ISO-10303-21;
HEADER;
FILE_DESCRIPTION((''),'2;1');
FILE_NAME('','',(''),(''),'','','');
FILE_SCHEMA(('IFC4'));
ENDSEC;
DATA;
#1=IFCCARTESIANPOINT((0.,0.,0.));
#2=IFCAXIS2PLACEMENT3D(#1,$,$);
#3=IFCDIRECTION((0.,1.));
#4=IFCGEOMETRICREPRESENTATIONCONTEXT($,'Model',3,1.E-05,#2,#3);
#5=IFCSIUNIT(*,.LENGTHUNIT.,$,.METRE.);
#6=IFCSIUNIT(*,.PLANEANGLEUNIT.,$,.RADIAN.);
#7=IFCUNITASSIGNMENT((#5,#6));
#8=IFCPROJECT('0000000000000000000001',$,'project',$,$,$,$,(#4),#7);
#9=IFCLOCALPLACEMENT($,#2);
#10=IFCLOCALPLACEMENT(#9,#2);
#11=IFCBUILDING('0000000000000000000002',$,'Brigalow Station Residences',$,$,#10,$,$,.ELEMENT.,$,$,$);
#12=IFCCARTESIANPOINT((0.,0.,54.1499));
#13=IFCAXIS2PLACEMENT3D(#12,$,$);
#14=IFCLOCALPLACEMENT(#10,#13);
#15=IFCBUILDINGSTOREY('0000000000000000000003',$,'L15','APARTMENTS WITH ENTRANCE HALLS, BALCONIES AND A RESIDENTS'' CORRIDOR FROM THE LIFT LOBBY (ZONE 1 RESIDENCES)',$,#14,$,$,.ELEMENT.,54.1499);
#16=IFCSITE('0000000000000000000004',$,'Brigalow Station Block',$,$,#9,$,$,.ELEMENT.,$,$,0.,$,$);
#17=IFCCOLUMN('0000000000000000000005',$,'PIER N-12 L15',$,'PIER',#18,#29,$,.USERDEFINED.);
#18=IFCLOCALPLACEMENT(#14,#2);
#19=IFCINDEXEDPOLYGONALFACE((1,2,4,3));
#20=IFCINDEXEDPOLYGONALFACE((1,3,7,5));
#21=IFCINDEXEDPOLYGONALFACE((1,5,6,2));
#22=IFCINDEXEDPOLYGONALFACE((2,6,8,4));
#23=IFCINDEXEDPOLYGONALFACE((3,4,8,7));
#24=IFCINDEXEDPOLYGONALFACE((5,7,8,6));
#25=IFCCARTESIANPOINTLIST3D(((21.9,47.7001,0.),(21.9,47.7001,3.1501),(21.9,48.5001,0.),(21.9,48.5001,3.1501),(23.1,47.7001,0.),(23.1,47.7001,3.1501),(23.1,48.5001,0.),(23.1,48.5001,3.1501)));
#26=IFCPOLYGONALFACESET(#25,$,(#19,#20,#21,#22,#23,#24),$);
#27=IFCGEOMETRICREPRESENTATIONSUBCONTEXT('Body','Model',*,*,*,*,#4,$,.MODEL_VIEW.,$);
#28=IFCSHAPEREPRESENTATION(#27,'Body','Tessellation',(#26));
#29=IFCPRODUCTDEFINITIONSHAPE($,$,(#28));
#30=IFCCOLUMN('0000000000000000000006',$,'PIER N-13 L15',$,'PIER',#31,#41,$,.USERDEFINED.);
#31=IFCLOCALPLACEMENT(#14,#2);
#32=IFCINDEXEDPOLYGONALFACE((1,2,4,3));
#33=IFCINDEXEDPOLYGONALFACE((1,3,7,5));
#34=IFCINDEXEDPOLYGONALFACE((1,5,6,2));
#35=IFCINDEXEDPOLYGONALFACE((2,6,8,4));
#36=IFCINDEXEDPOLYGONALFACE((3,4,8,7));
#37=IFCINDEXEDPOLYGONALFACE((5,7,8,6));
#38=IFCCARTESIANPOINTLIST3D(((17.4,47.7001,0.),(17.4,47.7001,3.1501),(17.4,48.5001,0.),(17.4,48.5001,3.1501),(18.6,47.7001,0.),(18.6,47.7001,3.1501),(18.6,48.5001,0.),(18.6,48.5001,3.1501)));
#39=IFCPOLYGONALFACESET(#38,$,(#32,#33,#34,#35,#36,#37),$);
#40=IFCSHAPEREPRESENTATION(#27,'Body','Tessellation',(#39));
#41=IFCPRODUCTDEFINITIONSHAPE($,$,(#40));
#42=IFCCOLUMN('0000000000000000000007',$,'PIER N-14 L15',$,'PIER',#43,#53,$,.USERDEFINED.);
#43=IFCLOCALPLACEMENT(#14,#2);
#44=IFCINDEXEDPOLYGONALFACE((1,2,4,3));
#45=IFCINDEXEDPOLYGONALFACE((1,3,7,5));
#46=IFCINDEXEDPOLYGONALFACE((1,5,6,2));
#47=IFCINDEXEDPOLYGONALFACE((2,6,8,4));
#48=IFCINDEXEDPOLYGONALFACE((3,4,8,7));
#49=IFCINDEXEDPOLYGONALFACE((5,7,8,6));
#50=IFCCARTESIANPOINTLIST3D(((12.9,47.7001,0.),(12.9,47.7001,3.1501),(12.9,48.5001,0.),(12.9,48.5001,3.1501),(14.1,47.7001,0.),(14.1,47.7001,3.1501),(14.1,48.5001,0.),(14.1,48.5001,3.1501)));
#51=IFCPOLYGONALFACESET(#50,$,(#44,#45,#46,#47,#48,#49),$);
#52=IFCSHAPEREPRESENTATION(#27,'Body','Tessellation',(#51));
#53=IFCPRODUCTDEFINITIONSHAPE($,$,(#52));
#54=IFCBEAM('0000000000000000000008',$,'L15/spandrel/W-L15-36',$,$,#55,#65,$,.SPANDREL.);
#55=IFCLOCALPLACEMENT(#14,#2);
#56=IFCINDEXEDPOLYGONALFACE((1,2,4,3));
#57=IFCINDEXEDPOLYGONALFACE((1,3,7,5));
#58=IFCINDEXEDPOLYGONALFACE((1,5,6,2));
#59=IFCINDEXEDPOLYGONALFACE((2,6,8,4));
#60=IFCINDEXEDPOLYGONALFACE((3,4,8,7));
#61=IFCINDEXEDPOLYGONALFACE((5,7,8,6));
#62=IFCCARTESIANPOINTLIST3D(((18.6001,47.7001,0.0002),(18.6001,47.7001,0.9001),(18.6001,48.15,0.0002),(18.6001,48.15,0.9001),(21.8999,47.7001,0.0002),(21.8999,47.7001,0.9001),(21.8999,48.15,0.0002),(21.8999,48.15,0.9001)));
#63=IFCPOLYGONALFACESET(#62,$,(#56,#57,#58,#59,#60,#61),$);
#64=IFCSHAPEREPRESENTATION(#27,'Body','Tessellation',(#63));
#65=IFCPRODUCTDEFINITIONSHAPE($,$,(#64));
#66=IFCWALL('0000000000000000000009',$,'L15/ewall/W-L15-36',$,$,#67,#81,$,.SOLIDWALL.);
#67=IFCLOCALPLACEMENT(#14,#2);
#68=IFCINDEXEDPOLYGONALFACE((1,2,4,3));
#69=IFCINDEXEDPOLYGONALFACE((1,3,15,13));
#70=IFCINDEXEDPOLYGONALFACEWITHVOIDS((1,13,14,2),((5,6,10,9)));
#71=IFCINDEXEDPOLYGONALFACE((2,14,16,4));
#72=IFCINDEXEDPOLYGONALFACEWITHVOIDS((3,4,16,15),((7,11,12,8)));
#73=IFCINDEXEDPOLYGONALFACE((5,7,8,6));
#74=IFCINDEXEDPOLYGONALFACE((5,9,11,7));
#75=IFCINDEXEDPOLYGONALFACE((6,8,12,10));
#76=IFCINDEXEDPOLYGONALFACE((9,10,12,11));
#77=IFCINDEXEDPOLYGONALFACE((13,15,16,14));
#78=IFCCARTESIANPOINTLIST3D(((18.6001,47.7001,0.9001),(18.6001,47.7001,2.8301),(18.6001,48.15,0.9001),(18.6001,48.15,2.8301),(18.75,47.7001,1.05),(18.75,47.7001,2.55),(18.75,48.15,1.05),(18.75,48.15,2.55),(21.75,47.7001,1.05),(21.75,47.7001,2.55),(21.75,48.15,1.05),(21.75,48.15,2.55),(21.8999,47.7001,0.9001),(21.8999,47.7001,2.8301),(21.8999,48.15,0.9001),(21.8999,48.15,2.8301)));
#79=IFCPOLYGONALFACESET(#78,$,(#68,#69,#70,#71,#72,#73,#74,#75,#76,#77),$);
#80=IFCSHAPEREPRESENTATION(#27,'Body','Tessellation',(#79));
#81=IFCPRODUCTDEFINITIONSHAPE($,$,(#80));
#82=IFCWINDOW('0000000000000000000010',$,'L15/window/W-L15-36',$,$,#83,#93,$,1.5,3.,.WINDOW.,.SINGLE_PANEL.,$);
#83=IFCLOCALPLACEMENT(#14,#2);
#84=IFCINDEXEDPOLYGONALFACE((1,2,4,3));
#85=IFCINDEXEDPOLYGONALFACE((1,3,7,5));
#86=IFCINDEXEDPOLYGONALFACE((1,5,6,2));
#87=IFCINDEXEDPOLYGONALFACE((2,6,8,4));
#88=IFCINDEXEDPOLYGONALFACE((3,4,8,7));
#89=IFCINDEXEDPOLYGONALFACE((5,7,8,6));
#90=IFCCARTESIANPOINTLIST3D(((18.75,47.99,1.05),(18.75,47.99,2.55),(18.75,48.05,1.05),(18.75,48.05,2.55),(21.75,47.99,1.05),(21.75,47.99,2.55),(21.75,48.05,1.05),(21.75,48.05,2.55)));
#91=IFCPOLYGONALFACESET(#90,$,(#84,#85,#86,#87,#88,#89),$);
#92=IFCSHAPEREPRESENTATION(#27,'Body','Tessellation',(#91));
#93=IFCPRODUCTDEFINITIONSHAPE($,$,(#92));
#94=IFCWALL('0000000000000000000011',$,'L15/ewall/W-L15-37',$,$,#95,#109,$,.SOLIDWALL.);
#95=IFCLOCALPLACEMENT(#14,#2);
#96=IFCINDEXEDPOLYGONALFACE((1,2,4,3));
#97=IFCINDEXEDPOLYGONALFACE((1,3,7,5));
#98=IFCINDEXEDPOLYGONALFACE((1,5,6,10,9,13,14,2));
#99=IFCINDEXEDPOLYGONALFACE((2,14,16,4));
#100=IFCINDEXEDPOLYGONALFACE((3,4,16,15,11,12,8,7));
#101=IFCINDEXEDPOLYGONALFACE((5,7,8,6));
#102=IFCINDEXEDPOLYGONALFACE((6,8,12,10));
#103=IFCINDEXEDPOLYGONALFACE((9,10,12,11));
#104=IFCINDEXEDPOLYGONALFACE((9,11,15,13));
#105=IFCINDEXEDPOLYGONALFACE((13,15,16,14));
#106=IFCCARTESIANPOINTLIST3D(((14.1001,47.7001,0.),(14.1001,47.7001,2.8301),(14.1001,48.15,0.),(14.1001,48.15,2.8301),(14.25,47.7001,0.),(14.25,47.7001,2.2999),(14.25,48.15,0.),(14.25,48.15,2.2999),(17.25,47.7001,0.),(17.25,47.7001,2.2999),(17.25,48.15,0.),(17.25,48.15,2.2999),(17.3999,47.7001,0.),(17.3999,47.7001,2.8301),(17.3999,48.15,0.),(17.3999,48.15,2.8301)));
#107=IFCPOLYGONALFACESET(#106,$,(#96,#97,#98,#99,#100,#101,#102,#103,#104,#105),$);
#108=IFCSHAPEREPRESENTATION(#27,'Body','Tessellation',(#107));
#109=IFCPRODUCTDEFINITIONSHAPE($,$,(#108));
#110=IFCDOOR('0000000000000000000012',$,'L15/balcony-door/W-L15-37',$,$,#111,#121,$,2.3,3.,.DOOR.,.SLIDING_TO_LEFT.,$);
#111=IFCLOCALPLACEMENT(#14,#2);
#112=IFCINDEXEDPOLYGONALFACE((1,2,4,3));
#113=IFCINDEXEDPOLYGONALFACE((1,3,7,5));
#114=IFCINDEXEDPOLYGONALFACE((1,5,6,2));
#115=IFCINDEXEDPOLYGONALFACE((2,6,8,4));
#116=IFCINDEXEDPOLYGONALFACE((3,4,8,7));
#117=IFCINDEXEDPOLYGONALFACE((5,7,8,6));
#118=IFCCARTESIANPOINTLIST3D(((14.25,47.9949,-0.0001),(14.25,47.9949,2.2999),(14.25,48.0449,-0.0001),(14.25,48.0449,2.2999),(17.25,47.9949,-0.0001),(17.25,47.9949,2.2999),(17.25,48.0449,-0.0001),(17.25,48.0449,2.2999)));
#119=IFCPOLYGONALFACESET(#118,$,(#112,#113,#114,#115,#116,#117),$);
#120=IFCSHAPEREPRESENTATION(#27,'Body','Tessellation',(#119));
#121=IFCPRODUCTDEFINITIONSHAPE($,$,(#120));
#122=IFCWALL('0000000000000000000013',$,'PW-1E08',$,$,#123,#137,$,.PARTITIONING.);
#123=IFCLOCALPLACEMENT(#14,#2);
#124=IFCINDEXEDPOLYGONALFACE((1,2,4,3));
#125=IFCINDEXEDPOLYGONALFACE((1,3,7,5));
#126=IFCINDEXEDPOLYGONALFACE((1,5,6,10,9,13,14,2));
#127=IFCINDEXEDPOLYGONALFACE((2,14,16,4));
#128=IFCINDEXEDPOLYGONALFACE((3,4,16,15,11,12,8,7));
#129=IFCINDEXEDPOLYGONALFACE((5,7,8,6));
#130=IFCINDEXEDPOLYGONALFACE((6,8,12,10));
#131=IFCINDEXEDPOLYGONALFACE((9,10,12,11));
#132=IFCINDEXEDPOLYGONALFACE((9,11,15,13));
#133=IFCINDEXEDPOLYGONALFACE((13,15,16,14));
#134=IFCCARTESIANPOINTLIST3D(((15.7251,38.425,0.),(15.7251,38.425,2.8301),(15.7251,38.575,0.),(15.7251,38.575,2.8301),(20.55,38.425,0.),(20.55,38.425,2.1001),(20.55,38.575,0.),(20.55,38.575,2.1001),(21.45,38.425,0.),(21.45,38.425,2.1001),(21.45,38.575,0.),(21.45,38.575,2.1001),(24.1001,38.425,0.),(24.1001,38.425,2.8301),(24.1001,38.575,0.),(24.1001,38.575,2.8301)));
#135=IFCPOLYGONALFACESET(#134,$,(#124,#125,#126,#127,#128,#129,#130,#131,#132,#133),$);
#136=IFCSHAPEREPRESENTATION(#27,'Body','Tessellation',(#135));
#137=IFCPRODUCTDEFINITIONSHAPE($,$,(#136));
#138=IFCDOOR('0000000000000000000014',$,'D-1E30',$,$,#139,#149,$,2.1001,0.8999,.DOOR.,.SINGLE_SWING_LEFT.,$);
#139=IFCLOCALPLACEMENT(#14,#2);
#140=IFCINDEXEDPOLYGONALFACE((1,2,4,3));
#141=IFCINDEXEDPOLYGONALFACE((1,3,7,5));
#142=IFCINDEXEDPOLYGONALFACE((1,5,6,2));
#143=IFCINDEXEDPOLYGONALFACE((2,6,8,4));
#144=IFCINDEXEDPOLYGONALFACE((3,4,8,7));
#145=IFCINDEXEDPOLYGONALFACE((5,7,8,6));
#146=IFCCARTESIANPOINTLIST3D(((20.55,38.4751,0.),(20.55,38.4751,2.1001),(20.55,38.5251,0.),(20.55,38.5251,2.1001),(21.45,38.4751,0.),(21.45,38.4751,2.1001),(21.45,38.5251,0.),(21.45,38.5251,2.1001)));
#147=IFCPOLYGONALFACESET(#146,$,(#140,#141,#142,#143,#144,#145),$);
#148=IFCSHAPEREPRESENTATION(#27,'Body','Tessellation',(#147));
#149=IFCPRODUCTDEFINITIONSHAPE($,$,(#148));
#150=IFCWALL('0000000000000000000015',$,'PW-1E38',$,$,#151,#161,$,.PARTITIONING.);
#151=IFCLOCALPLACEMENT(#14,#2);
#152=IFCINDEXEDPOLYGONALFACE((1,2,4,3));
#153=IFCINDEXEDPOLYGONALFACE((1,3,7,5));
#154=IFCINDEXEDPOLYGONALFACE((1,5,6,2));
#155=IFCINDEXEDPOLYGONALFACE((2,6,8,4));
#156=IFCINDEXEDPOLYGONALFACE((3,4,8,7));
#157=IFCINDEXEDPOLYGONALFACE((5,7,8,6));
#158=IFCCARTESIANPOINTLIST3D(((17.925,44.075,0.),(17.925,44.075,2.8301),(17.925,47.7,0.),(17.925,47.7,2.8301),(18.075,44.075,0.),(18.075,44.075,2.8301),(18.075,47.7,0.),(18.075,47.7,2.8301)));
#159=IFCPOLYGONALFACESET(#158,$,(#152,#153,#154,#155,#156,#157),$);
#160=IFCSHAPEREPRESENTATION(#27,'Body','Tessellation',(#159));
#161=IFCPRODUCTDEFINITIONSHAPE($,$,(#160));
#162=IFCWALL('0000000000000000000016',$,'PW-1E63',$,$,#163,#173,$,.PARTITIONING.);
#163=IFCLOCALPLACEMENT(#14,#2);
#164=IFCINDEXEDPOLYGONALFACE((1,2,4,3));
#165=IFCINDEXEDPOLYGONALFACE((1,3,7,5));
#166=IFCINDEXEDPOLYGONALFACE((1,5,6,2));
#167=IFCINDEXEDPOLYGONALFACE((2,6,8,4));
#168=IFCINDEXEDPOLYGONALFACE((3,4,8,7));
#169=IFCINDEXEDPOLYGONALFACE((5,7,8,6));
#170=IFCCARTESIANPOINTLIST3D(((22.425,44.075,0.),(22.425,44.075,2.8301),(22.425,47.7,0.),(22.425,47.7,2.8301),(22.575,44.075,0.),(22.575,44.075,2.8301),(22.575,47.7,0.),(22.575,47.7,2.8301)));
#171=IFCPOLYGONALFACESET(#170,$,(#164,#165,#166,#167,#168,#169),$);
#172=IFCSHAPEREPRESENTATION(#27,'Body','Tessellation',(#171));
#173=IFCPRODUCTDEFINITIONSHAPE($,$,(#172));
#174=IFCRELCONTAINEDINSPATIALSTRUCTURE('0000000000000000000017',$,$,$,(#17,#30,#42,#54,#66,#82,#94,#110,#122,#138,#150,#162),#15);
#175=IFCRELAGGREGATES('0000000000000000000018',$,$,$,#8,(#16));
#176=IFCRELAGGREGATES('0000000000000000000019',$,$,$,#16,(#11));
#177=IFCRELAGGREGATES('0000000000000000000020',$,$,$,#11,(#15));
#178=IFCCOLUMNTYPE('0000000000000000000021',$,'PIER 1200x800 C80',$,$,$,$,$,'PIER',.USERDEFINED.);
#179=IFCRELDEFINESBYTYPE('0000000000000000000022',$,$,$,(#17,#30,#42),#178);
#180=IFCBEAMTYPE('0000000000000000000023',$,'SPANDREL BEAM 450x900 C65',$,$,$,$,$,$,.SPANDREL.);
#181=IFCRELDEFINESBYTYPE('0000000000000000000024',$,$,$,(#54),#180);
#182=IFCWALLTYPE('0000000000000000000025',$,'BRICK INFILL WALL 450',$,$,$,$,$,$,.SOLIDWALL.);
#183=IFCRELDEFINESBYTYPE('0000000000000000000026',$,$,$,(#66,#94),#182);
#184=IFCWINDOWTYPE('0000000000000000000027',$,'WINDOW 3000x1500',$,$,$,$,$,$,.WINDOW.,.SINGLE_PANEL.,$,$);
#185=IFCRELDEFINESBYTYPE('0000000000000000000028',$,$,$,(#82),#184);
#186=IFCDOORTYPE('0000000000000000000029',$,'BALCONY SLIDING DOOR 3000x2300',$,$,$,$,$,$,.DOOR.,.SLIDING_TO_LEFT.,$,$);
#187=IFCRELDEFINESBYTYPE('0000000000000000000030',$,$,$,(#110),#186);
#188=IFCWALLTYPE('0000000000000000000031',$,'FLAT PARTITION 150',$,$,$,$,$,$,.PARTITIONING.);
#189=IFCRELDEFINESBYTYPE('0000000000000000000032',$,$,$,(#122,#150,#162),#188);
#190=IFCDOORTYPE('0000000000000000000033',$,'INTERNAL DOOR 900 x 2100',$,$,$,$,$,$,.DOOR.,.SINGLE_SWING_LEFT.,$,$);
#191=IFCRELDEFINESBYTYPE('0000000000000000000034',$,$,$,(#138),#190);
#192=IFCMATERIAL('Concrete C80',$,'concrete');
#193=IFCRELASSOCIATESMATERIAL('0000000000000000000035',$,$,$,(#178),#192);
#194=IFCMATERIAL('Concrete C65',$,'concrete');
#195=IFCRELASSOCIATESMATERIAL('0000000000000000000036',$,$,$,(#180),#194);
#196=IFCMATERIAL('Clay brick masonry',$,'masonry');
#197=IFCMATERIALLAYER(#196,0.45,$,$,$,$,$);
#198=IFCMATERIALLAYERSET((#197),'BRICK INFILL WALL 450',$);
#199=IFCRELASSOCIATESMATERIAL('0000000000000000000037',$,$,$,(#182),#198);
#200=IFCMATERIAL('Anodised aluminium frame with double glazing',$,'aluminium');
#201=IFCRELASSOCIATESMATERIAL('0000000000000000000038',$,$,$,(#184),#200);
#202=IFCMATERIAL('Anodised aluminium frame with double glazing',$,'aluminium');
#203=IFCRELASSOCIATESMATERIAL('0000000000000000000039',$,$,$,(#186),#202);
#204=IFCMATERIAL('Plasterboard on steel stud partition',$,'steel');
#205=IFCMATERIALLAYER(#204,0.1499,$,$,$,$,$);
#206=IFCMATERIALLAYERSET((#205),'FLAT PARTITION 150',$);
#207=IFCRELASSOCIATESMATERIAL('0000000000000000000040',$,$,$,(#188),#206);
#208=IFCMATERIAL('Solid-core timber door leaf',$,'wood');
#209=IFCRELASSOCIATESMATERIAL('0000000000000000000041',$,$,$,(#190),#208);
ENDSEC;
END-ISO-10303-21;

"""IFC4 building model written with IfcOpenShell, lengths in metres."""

from ifc_helpers import new_model, si_unit, direction, frame, frame_2d, origin, origin_2d, place, context, subcontext, project, spatial, rectangle, extrude, material, layer, layer_set, material_profile, profile_set, type_object, element, fill, save


model = new_model("IFC4")

# Units and contexts
model_context = context("Model", 3, precision=1e-05, world=origin(), true_north=direction((0.0, 1.0)))
body_context = subcontext(model_context, "Body", "Model", "MODEL_VIEW")
ifc_project = project(units=[si_unit("LENGTHUNIT", "METRE"), si_unit("PLANEANGLEUNIT", "RADIAN")], contexts=[model_context])

# Site, building, storey
site_placement = place(None, origin())
site = spatial("IfcSite", under=ifc_project, at=site_placement, Name="Brigalow Station Block", CompositionType="ELEMENT", RefElevation=0.0)
building_placement = place(site_placement, origin())
building = spatial("IfcBuilding", under=site, at=building_placement, Name="Brigalow Station Residences", CompositionType="ELEMENT")
storey_placement = place(building_placement, frame((0.0, 0.0, 54.1499)))
storey = spatial("IfcBuildingStorey", under=building, at=storey_placement, Name="L15", Description="APARTMENTS WITH ENTRANCE HALLS, BALCONIES AND A RESIDENTS' CORRIDOR FROM THE LIFT LOBBY (ZONE 1 RESIDENCES)", CompositionType="ELEMENT", Elevation=54.1499)

# Columns
ifc_material_1 = material(Name="Concrete C80", Category="concrete")
ifc_material_profile_1 = material_profile(ifc_material_1, rectangle(XDim=1.2, YDim=0.8, at=origin_2d()), Name="RC1200x800")
ifc_profile_set_1 = profile_set([ifc_material_profile_1], Name="Concrete C80")
column_type = type_object("IfcColumnType", Name="PIER 1200x800 C80", ElementType="PIER", PredefinedType="USERDEFINED", material=ifc_profile_set_1)
for number, where, z_axis, x_axis, name in (
    (1, (22.5, 48.1001, 0.0), (0.0, 0.0, 1.0), (-1.0, 0.0, 0.0), "PIER N-12 L15"),
    (2, (18.0, 48.1001, 0.0), (0.0, 0.0, 1.0), (-1.0, 0.0, 0.0), "PIER N-13 L15"),
    (3, (13.5, 48.1001, 0.0), (0.0, 0.0, 1.0), (-1.0, 0.0, 0.0), "PIER N-14 L15"),
):
    element("IfcColumn", number, at=place(storey_placement, frame(where, z_axis=z_axis, x_axis=x_axis)), inside=storey, type_object=column_type, Name=name, ObjectType="PIER", PredefinedType="USERDEFINED", context=body_context, shape_type="SweptSolid", body=[
        extrude(rectangle(XDim=1.2, YDim=0.8, at=origin_2d()), origin(), (0.0, 0.0, 1.0), 3.1501),
    ])

# Beam
ifc_material_2 = material(Name="Concrete C65", Category="concrete")
ifc_material_profile_2 = material_profile(ifc_material_2, rectangle(XDim=0.45, YDim=0.8999, at=origin_2d()), Name="RC450x900")
ifc_profile_set_2 = profile_set([ifc_material_profile_2], Name="Concrete C65")
beam_type = type_object("IfcBeamType", Name="SPANDREL BEAM 450x900 C65", PredefinedType="SPANDREL", material=ifc_profile_set_2)
beam_placement = place(storey_placement, frame((21.8999, 47.925, 0.4502), z_axis=(-1.0, 0.0, 0.0), x_axis=(0.0, -1.0, 0.0)))
element("IfcBeam", 4, at=beam_placement, inside=storey, type_object=beam_type, Name="L15/spandrel/W-L15-36", PredefinedType="SPANDREL", context=body_context, shape_type="SweptSolid", body=[
    extrude(rectangle(XDim=0.45, YDim=0.8999, at=origin_2d()), origin(), (0.0, 0.0, 1.0), 3.2998),
])

# Wall, opening, window
ifc_material_3 = material(Name="Clay brick masonry", Category="masonry")
ifc_layer_1 = layer(ifc_material_3, 0.45)
ifc_layer_set_1 = layer_set([ifc_layer_1], Name="BRICK INFILL WALL 450")
wall_type_1 = type_object("IfcWallType", Name="BRICK INFILL WALL 450", PredefinedType="SOLIDWALL", material=ifc_layer_set_1)
wall_1_placement = place(storey_placement, frame((21.8999, 47.925, 0.9001), z_axis=(0.0, 0.0, 1.0), x_axis=(-1.0, 0.0, 0.0)))
wall_1 = element("IfcWall", 5, at=wall_1_placement, inside=storey, type_object=wall_type_1, Name="L15/ewall/W-L15-36", PredefinedType="SOLIDWALL", context=body_context, shape_type="SweptSolid", body=[
    extrude(rectangle(XDim=3.2998, YDim=0.45, at=frame_2d((1.6499, 0.0))), origin(), (0.0, 0.0, 1.0), 1.9299),
])
opening_1_placement = place(wall_1_placement, frame((0.1499, 0.0, 0.1499)))
opening_1 = element("IfcOpeningElement", 6, at=opening_1_placement, cuts=wall_1, PredefinedType="OPENING", context=body_context, shape_type="SweptSolid", body=[
    extrude(rectangle(XDim=3.0, YDim=1.5, at=frame_2d((1.5, 0.75))), frame((0.0, 0.2349, 0.0), z_axis=(0.0, -1.0, 0.0), x_axis=(1.0, 0.0, 0.0)), (0.0, 0.0, 1.0), 0.47),
])
ifc_material_4 = material(Name="Anodised aluminium frame with double glazing", Category="aluminium")
window_type = type_object("IfcWindowType", Name="WINDOW 3000x1500", PartitioningType="SINGLE_PANEL", PredefinedType="WINDOW", material=ifc_material_4)
window_placement = place(opening_1_placement, origin())
window = element("IfcWindow", 7, at=window_placement, inside=storey, type_object=window_type, Name="L15/window/W-L15-36", OverallHeight=1.5, OverallWidth=3.0, PartitioningType="SINGLE_PANEL", PredefinedType="WINDOW", context=body_context, shape_type="SweptSolid", body=[
    extrude(rectangle(XDim=3.0, YDim=1.5, at=frame_2d((1.5, 0.75))), frame((0.0, -0.0649, 0.0), z_axis=(0.0, -1.0, 0.0), x_axis=(1.0, 0.0, 0.0)), (0.0, 0.0, 1.0), 0.0601),
])
fill(opening_1, window)

# Walls, openings, doors
wall_2_placement = place(storey_placement, frame((17.3999, 47.925, 0.0), z_axis=(0.0, 0.0, 1.0), x_axis=(-1.0, 0.0, 0.0)))
wall_2 = element("IfcWall", 8, at=wall_2_placement, inside=storey, type_object=wall_type_1, Name="L15/ewall/W-L15-37", PredefinedType="SOLIDWALL", context=body_context, shape_type="SweptSolid", body=[
    extrude(rectangle(XDim=3.2998, YDim=0.45, at=frame_2d((1.6499, 0.0))), origin(), (0.0, 0.0, 1.0), 2.8301),
])
opening_2_placement = place(wall_2_placement, frame((0.1499, 0.0, 0.0)))
opening_2 = element("IfcOpeningElement", 9, at=opening_2_placement, cuts=wall_2, PredefinedType="OPENING", context=body_context, shape_type="SweptSolid", body=[
    extrude(rectangle(XDim=3.0, YDim=2.3, at=frame_2d((1.5, 1.1499))), frame((0.0, 0.2349, 0.0), z_axis=(0.0, -1.0, 0.0), x_axis=(1.0, 0.0, 0.0)), (0.0, 0.0, 1.0), 0.47),
])
ifc_material_5 = material(Name="Anodised aluminium frame with double glazing", Category="aluminium")
door_type_1 = type_object("IfcDoorType", Name="BALCONY SLIDING DOOR 3000x2300", OperationType="SLIDING_TO_LEFT", PredefinedType="DOOR", material=ifc_material_5)
door_1_placement = place(opening_2_placement, origin())
door_1 = element("IfcDoor", 10, at=door_1_placement, inside=storey, type_object=door_type_1, Name="L15/balcony-door/W-L15-37", OperationType="SLIDING_TO_LEFT", OverallHeight=2.3, OverallWidth=3.0, PredefinedType="DOOR", context=body_context, shape_type="SweptSolid", body=[
    extrude(rectangle(XDim=3.0, YDim=2.3, at=frame_2d((1.5, 1.1499))), frame((0.0, -0.0698, 0.0), z_axis=(0.0, -1.0, 0.0), x_axis=(1.0, 0.0, 0.0)), (0.0, 0.0, 1.0), 0.05),
])
fill(opening_2, door_1)
ifc_material_6 = material(Name="Plasterboard on steel stud partition", Category="steel")
ifc_layer_2 = layer(ifc_material_6, 0.1499)
ifc_layer_set_2 = layer_set([ifc_layer_2], Name="FLAT PARTITION 150")
wall_type_2 = type_object("IfcWallType", Name="FLAT PARTITION 150", PredefinedType="PARTITIONING", material=ifc_layer_set_2)
wall_3_placement = place(storey_placement, frame((15.7251, 38.5, 0.0), z_axis=(0.0, 0.0, 1.0), x_axis=(1.0, 0.0, 0.0)))
wall_3 = element("IfcWall", 11, at=wall_3_placement, inside=storey, type_object=wall_type_2, Name="PW-1E08", PredefinedType="PARTITIONING", context=body_context, shape_type="SweptSolid", body=[
    extrude(rectangle(XDim=8.375, YDim=0.1499, at=frame_2d((4.1875, 0.0))), origin(), (0.0, 0.0, 1.0), 2.8301),
])
opening_3_placement = place(wall_3_placement, frame((4.825, 0.0, 0.0)))
opening_3 = element("IfcOpeningElement", 12, at=opening_3_placement, cuts=wall_3, PredefinedType="OPENING", context=body_context, shape_type="SweptSolid", body=[
    extrude(rectangle(XDim=0.8999, YDim=2.1001, at=frame_2d((0.45, 1.05))), frame((0.0, 0.085, 0.0), z_axis=(0.0, -1.0, 0.0), x_axis=(1.0, 0.0, 0.0)), (0.0, 0.0, 1.0), 0.1699),
])
ifc_material_7 = material(Name="Solid-core timber door leaf", Category="wood")
door_type_2 = type_object("IfcDoorType", Name="INTERNAL DOOR 900 x 2100", OperationType="SINGLE_SWING_LEFT", PredefinedType="DOOR", material=ifc_material_7)
door_2_placement = place(opening_3_placement, frame((0.8999, 0.0, 0.0), z_axis=(0.0, 0.0, 1.0), x_axis=(-1.0, 0.0, 0.0)))
door_2 = element("IfcDoor", 13, at=door_2_placement, inside=storey, type_object=door_type_2, Name="D-1E30", OperationType="SINGLE_SWING_LEFT", OverallHeight=2.1001, OverallWidth=0.8999, PredefinedType="DOOR", context=body_context, shape_type="SweptSolid", body=[
    extrude(rectangle(XDim=0.8999, YDim=2.1001, at=frame_2d((0.45, 1.05))), frame((0.0, 0.0249, 0.0), z_axis=(0.0, -1.0, 0.0), x_axis=(1.0, 0.0, 0.0)), (0.0, 0.0, 1.0), 0.05),
])
fill(opening_3, door_2)

# Walls
for number, where, z_axis, x_axis, name in (
    (14, (18.0, 44.075, 0.0), (0.0, 0.0, 1.0), (0.0, 1.0, 0.0), "PW-1E38"),
    (15, (22.5, 44.075, 0.0), (0.0, 0.0, 1.0), (0.0, 1.0, 0.0), "PW-1E63"),
):
    element("IfcWall", number, at=place(storey_placement, frame(where, z_axis=z_axis, x_axis=x_axis)), inside=storey, type_object=wall_type_2, Name=name, PredefinedType="PARTITIONING", context=body_context, shape_type="SweptSolid", body=[
        extrude(rectangle(XDim=3.625, YDim=0.1499, at=frame_2d((1.8125, 0.0))), origin(), (0.0, 0.0, 1.0), 2.8301),
    ])

save(model, "model.ifc")
